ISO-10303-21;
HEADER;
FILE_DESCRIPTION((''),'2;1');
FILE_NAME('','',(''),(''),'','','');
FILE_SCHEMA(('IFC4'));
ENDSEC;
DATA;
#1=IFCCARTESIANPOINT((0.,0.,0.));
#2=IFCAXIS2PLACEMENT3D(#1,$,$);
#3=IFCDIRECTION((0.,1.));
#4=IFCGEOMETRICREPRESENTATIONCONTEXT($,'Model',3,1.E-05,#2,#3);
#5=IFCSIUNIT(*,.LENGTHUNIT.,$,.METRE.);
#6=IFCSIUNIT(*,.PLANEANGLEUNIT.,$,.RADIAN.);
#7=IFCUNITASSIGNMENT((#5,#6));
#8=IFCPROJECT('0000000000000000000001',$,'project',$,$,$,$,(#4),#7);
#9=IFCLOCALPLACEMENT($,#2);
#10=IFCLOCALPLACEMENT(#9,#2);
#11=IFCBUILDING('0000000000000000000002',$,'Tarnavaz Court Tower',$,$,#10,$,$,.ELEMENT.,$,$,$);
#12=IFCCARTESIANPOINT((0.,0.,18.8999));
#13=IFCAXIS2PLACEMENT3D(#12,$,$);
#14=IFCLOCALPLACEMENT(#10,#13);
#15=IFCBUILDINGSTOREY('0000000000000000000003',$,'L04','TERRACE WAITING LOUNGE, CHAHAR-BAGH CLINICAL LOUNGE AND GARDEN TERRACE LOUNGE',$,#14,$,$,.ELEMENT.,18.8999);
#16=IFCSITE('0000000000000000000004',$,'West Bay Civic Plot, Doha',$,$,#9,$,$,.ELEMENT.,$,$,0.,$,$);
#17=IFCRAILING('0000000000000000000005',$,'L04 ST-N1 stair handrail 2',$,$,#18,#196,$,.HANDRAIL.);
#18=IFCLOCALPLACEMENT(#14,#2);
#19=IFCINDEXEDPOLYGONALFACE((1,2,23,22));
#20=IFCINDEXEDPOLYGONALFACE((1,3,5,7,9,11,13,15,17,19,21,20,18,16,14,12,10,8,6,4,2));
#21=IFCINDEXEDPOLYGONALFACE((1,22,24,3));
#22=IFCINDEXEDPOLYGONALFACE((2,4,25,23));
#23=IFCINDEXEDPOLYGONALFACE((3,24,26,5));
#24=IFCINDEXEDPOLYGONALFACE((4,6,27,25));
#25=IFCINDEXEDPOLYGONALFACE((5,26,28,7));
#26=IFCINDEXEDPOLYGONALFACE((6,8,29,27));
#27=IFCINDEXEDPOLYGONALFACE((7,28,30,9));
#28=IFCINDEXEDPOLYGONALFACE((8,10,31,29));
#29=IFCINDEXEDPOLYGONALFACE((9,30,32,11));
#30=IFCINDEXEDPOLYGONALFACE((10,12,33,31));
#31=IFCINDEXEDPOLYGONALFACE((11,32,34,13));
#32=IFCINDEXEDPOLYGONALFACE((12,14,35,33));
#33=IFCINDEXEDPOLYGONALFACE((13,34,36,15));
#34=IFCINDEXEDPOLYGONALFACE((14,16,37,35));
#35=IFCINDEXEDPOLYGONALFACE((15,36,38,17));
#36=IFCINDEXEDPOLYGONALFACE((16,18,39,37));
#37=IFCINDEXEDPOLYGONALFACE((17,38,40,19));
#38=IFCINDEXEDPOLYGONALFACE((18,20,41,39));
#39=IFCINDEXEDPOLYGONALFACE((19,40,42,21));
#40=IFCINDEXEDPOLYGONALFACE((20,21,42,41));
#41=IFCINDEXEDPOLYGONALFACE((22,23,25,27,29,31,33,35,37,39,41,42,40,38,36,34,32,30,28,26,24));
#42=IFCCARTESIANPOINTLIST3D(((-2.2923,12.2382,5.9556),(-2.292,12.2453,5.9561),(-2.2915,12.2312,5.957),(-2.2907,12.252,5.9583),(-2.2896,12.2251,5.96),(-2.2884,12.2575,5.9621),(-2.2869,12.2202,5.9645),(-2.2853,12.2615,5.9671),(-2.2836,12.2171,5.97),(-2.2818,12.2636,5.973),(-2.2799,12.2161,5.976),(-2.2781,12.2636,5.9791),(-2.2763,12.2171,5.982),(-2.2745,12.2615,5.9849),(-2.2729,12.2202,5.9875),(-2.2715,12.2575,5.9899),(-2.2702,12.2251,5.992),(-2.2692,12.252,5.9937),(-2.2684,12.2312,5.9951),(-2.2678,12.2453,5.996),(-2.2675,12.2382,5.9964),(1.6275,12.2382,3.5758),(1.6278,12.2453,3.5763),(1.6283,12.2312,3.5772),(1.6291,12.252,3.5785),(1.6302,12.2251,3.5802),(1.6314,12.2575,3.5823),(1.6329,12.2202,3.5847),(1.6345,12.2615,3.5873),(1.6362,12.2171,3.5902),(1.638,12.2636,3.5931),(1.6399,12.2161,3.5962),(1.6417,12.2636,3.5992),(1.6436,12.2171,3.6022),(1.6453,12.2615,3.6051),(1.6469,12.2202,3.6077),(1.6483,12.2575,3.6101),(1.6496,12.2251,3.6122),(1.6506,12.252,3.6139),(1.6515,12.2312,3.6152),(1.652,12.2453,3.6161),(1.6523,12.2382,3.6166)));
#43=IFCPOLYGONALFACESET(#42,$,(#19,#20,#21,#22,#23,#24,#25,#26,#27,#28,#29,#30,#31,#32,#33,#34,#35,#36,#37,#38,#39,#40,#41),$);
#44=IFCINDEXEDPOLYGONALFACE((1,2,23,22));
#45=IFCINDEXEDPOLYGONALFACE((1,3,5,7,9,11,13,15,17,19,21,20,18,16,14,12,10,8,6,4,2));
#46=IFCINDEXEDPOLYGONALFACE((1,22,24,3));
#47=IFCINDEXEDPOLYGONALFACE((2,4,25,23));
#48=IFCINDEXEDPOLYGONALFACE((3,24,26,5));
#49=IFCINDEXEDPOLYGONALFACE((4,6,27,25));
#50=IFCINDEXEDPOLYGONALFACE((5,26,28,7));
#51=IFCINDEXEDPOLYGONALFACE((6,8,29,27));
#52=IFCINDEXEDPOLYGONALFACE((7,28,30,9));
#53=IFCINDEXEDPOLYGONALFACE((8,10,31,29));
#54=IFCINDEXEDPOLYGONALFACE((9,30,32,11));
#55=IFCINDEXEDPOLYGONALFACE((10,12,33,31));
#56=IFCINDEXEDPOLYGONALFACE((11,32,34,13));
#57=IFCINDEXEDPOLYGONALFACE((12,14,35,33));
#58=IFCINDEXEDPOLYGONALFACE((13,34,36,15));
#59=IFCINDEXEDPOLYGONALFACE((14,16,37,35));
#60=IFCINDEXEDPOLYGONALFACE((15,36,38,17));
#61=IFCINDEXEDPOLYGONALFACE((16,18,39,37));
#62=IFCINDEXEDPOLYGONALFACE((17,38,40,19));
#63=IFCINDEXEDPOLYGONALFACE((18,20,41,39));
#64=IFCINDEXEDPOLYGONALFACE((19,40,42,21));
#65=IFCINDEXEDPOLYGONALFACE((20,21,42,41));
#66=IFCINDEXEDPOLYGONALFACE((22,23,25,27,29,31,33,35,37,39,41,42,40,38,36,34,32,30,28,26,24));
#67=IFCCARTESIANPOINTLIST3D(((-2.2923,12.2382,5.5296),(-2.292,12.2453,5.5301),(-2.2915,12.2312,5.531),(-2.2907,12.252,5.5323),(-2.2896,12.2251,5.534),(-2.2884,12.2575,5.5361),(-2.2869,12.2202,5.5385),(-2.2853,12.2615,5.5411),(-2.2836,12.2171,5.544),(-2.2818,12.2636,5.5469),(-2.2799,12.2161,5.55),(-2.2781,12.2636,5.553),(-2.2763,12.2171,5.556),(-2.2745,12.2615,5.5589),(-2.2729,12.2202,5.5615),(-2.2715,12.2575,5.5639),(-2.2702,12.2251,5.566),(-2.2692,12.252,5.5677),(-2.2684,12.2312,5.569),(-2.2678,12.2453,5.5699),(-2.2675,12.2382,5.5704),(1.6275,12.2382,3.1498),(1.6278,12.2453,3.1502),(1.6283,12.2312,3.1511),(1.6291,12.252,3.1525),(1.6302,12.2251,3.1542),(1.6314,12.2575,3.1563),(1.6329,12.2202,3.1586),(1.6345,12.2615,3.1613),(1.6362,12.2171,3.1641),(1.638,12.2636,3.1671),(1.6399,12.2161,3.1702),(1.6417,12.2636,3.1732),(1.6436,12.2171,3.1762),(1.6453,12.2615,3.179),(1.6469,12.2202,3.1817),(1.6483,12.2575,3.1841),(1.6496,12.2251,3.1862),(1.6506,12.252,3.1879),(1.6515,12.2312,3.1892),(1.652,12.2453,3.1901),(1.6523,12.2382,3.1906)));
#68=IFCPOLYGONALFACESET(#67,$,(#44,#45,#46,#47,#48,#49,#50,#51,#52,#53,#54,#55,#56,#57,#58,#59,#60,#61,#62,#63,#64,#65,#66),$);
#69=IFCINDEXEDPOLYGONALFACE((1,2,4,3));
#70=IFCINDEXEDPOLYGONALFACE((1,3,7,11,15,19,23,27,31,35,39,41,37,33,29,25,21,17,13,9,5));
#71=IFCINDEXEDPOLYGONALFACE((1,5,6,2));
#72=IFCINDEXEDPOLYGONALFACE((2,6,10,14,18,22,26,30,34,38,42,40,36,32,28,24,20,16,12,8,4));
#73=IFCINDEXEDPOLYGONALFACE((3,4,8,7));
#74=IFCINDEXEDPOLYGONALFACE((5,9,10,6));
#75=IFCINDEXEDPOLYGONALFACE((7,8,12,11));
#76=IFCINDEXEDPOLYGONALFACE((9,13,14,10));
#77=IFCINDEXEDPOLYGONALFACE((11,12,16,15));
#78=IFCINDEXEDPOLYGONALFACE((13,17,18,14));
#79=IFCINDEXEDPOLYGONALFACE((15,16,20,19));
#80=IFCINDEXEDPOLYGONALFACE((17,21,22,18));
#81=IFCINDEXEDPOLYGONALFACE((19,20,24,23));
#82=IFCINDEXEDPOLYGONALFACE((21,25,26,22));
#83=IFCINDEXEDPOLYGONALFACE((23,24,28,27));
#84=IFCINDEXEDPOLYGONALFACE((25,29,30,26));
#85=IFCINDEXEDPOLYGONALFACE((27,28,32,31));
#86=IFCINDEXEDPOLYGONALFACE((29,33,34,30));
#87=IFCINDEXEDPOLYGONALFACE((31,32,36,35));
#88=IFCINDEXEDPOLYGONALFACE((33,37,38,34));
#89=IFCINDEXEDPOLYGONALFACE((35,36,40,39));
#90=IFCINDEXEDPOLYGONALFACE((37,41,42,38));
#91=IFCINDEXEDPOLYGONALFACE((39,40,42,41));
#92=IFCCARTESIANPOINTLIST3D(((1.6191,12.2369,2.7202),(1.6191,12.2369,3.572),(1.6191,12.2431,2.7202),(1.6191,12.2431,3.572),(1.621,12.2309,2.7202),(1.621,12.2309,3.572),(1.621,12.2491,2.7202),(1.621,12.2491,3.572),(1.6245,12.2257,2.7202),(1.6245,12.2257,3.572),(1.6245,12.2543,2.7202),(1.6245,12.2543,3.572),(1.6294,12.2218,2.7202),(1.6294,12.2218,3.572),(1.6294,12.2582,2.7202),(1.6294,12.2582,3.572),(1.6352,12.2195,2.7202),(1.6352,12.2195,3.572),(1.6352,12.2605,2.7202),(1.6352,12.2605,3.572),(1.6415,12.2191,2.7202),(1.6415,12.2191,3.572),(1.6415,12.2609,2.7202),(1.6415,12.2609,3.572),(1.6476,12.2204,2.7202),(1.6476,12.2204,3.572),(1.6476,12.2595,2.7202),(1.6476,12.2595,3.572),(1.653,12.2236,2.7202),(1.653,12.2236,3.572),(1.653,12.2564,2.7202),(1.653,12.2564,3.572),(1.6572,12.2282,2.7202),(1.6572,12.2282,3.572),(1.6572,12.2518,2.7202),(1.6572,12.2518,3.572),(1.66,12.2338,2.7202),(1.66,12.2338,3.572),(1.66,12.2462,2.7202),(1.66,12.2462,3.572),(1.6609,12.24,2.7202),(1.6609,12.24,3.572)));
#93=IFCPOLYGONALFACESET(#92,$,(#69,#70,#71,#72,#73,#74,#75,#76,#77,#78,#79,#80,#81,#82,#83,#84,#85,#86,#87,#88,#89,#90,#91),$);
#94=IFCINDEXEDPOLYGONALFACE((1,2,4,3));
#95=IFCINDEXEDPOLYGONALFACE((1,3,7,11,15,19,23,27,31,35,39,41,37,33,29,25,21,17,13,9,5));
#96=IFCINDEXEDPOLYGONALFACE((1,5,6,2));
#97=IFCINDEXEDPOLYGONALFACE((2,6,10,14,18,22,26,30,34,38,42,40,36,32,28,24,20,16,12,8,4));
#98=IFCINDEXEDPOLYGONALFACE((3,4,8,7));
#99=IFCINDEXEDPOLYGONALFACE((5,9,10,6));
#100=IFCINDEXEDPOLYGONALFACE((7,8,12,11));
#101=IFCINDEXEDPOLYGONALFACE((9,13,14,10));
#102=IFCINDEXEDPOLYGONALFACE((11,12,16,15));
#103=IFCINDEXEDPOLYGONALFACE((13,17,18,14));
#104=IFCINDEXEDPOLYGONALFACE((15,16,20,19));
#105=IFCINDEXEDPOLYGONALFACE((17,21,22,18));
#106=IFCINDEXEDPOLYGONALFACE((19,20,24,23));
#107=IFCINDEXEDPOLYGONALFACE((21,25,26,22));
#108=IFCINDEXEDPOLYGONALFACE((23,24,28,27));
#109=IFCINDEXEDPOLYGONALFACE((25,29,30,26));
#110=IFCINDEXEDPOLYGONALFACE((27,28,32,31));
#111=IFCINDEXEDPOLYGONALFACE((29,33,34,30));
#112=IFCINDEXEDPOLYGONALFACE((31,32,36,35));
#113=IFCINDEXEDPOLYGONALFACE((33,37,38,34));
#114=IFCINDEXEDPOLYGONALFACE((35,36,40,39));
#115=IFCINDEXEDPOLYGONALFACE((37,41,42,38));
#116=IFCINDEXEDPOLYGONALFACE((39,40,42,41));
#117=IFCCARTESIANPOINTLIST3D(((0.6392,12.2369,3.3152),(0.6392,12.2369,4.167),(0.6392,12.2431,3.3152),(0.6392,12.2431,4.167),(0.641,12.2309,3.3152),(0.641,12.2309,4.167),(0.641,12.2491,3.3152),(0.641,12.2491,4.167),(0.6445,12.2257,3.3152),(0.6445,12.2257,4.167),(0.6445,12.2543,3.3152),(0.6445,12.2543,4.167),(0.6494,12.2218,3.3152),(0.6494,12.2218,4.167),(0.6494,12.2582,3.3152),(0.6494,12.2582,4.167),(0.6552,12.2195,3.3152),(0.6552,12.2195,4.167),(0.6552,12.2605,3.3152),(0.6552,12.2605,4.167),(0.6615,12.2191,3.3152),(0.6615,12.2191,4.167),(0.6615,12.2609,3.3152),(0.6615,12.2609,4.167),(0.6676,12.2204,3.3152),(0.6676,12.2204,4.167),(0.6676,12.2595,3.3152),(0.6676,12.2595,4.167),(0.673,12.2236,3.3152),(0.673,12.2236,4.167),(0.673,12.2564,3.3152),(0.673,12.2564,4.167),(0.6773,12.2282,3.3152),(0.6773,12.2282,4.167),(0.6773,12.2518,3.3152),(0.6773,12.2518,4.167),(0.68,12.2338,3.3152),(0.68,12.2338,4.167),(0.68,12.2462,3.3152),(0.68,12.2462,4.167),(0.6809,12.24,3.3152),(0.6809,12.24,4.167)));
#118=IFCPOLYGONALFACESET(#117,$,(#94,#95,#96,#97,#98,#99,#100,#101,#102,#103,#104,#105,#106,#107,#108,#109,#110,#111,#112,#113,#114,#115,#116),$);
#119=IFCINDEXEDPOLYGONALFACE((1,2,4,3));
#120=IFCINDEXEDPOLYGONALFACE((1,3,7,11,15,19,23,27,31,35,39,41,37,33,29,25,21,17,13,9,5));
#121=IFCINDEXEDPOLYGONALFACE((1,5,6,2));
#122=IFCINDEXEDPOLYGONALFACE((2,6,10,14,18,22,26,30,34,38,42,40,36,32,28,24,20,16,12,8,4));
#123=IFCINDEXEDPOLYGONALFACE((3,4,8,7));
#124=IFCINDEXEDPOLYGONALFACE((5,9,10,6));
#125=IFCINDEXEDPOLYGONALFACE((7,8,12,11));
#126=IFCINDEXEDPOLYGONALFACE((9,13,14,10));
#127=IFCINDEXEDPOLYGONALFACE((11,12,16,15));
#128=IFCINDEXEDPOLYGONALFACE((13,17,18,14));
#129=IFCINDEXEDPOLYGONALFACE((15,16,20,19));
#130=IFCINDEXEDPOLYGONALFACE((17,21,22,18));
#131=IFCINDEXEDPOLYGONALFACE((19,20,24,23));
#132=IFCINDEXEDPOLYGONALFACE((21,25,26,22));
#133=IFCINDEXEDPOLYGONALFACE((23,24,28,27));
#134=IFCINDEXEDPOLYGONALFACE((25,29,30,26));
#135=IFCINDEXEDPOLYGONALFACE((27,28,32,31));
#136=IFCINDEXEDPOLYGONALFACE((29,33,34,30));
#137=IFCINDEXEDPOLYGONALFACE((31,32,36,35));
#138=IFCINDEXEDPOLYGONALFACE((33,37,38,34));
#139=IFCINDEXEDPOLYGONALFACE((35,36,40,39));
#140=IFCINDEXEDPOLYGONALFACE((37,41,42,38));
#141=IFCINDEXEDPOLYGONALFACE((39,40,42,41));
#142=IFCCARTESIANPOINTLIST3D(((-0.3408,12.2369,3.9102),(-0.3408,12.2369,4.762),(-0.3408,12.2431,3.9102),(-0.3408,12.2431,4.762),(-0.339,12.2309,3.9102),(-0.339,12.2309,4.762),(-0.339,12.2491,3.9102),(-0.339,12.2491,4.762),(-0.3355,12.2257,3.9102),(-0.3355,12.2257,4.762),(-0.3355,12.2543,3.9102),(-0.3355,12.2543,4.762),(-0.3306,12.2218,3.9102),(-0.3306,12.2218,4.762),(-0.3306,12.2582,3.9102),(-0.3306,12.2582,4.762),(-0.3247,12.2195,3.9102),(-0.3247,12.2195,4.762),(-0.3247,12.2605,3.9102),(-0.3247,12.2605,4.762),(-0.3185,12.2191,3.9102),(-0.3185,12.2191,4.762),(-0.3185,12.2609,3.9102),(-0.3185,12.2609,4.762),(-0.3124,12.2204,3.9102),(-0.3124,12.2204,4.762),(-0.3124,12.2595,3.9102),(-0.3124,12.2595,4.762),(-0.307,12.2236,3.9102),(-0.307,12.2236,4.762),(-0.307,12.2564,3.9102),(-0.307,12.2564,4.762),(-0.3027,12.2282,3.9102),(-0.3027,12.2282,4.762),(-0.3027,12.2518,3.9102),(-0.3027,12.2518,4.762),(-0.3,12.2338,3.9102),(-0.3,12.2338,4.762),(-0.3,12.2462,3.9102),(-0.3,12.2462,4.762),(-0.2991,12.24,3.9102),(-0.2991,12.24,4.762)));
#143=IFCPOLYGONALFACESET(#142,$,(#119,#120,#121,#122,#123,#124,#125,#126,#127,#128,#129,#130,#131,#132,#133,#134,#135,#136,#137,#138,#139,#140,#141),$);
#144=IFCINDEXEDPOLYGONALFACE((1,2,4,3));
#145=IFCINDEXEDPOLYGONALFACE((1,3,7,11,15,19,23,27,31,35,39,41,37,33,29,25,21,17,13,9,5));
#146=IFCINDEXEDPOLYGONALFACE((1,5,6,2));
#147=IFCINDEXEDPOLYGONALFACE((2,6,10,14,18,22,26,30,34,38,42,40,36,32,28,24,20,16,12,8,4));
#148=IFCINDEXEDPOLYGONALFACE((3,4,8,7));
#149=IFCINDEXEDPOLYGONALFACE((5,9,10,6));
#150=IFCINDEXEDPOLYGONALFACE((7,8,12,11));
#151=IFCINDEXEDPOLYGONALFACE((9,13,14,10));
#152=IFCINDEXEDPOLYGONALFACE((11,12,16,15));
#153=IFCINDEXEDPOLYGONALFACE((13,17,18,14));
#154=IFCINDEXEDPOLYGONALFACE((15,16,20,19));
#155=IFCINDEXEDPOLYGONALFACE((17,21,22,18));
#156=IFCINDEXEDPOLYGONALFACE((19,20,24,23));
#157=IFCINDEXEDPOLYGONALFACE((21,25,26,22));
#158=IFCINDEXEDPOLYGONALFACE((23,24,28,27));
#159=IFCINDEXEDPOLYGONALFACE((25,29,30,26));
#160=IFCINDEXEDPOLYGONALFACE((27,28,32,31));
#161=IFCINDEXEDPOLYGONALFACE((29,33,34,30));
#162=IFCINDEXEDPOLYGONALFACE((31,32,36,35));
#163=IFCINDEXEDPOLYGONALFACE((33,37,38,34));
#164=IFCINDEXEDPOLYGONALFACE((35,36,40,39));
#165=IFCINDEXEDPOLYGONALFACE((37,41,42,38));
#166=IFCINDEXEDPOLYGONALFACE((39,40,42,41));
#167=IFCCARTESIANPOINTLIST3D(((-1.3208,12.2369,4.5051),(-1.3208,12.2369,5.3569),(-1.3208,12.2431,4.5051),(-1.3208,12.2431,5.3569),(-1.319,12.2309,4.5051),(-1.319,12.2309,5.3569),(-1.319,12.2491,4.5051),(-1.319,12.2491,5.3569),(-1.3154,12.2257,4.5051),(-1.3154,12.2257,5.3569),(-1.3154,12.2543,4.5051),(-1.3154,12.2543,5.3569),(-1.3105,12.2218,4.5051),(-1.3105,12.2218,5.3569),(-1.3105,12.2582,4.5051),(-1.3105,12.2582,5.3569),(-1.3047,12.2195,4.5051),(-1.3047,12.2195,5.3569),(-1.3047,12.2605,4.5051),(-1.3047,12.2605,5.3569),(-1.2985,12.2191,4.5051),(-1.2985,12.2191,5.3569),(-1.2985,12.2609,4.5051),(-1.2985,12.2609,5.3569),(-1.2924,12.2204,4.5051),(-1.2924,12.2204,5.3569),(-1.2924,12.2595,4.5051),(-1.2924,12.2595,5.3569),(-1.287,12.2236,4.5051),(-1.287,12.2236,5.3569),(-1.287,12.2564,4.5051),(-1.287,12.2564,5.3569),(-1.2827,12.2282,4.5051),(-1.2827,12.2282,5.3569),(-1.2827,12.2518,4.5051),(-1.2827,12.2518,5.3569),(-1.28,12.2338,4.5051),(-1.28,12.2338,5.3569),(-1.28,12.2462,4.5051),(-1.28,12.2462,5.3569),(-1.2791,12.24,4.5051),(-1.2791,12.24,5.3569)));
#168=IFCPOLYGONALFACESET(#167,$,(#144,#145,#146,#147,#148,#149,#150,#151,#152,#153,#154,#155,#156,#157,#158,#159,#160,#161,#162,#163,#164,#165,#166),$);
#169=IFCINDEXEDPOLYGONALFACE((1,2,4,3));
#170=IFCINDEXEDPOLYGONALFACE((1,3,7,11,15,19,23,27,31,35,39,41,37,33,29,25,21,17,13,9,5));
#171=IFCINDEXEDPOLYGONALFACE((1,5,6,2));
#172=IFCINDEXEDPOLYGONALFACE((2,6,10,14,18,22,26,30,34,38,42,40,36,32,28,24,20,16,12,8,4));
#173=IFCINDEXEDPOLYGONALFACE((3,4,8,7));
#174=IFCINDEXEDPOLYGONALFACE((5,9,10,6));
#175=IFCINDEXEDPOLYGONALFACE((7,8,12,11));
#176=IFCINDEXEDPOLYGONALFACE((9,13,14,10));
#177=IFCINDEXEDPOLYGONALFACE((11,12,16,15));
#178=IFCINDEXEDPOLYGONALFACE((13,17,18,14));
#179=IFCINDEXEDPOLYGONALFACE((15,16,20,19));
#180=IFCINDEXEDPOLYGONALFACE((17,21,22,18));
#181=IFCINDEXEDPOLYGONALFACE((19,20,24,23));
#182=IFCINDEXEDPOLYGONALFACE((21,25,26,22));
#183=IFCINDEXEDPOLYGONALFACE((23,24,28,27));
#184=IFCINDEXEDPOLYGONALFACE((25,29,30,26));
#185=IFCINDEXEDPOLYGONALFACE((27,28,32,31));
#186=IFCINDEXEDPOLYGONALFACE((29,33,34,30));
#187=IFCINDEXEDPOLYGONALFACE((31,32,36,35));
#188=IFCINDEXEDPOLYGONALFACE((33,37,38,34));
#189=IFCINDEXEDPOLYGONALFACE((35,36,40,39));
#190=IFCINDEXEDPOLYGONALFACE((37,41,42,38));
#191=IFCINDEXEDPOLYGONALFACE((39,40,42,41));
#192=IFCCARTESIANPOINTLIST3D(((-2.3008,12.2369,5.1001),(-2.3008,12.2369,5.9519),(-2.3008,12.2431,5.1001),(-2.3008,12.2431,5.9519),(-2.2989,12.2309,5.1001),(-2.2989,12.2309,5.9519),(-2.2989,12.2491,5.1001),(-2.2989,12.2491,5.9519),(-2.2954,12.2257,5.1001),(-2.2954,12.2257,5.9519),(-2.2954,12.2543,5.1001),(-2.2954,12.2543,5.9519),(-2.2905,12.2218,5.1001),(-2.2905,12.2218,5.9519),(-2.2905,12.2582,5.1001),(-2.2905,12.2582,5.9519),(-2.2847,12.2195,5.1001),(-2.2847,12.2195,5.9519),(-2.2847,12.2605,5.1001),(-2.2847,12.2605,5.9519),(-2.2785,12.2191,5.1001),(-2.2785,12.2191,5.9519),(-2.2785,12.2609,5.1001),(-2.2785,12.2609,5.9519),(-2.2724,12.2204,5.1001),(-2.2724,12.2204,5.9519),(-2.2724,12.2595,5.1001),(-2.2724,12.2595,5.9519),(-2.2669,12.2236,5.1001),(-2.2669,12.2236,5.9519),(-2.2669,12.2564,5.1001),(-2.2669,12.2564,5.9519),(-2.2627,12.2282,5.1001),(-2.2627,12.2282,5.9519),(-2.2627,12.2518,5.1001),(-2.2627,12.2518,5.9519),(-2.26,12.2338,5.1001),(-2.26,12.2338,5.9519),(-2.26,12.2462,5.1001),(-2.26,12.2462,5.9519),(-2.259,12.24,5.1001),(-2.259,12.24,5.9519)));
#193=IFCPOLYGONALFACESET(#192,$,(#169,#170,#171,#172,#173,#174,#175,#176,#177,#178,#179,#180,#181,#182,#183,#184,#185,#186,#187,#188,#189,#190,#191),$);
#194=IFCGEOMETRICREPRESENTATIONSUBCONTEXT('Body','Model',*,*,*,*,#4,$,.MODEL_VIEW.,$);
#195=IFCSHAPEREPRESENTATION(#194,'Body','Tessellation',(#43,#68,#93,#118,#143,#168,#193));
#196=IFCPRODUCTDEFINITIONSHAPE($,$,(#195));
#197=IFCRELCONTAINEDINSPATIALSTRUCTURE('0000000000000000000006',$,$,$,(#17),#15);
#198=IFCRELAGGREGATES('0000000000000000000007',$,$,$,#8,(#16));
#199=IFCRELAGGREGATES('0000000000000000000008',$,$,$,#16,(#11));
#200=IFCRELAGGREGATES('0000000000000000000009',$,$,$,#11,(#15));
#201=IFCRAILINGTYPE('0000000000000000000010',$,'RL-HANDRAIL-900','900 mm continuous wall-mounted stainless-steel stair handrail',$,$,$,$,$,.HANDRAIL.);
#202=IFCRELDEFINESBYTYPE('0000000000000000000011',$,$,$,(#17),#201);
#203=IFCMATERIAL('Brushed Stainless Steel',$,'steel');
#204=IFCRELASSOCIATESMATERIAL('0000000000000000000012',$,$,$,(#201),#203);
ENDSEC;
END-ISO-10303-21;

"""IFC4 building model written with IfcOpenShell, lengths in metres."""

from ifc_helpers import new_model, si_unit, direction, frame, origin, origin_2d, place, context, subcontext, project, spatial, circle, extrude, material, type_object, element, save


model = new_model("IFC4")

# Units and contexts
model_context = context("Model", 3, precision=1e-05, world=origin(), true_north=direction((0.0, 1.0)))
body_context = subcontext(model_context, "Body", "Model", "MODEL_VIEW")
ifc_project = project(units=[si_unit("LENGTHUNIT", "METRE"), si_unit("PLANEANGLEUNIT", "RADIAN")], contexts=[model_context])

# Site, building, storey
site_placement = place(None, origin())
site = spatial("IfcSite", under=ifc_project, at=site_placement, Name="West Bay Civic Plot, Doha", CompositionType="ELEMENT", RefElevation=0.0)
building_placement = place(site_placement, origin())
building = spatial("IfcBuilding", under=site, at=building_placement, Name="Tarnavaz Court Tower", CompositionType="ELEMENT")
storey_placement = place(building_placement, frame((0.0, 0.0, 18.8999)))
storey = spatial("IfcBuildingStorey", under=building, at=storey_placement, Name="L04", Description="TERRACE WAITING LOUNGE, CHAHAR-BAGH CLINICAL LOUNGE AND GARDEN TERRACE LOUNGE", CompositionType="ELEMENT", Elevation=18.8999)

# Railing
ifc_material_1 = material(Name="Brushed Stainless Steel", Category="steel")
railing_type_1 = type_object("IfcRailingType", Name="RL-HANDRAIL-900", Description="900 mm continuous wall-mounted stainless-steel stair handrail", PredefinedType="HANDRAIL", material=ifc_material_1)
railing_1_placement = place(storey_placement, frame((1.6399, 12.24, 2.7202)))
element("IfcRailing", 1, at=railing_1_placement, inside=storey, type_object=railing_type_1, Name="L04 ST-N1 stair handrail 2", PredefinedType="HANDRAIL", context=body_context, shape_type="SweptSolid", body=[
    extrude(circle(Radius=0.0239, at=origin_2d()), frame((0.0, 0.0, 0.876), z_axis=(-0.854794, 0.0, 0.518967), x_axis=(0.0, -1.0, 0.0)), (0.0, 0.0, 1.0), 4.5857),
    extrude(circle(Radius=0.0239, at=origin_2d()), frame((0.0, 0.0, 0.45), z_axis=(-0.854794, 0.0, 0.518967), x_axis=(0.0, -1.0, 0.0)), (0.0, 0.0, 1.0), 4.5857),
    extrude(circle(Radius=0.021, at=origin_2d()), origin(), (0.0, 0.0, 1.0), 0.8518),
    extrude(circle(Radius=0.021, at=origin_2d()), frame((-0.98, 0.0, 0.595)), (0.0, 0.0, 1.0), 0.8518),
    extrude(circle(Radius=0.021, at=origin_2d()), frame((-1.96, 0.0, 1.1899)), (0.0, 0.0, 1.0), 0.8518),
    extrude(circle(Radius=0.021, at=origin_2d()), frame((-2.9399, 0.0, 1.7849)), (0.0, 0.0, 1.0), 0.8518),
    extrude(circle(Radius=0.021, at=origin_2d()), frame((-3.9199, 0.0, 2.3799)), (0.0, 0.0, 1.0), 0.8518),
])

save(model, "model.ifc")
